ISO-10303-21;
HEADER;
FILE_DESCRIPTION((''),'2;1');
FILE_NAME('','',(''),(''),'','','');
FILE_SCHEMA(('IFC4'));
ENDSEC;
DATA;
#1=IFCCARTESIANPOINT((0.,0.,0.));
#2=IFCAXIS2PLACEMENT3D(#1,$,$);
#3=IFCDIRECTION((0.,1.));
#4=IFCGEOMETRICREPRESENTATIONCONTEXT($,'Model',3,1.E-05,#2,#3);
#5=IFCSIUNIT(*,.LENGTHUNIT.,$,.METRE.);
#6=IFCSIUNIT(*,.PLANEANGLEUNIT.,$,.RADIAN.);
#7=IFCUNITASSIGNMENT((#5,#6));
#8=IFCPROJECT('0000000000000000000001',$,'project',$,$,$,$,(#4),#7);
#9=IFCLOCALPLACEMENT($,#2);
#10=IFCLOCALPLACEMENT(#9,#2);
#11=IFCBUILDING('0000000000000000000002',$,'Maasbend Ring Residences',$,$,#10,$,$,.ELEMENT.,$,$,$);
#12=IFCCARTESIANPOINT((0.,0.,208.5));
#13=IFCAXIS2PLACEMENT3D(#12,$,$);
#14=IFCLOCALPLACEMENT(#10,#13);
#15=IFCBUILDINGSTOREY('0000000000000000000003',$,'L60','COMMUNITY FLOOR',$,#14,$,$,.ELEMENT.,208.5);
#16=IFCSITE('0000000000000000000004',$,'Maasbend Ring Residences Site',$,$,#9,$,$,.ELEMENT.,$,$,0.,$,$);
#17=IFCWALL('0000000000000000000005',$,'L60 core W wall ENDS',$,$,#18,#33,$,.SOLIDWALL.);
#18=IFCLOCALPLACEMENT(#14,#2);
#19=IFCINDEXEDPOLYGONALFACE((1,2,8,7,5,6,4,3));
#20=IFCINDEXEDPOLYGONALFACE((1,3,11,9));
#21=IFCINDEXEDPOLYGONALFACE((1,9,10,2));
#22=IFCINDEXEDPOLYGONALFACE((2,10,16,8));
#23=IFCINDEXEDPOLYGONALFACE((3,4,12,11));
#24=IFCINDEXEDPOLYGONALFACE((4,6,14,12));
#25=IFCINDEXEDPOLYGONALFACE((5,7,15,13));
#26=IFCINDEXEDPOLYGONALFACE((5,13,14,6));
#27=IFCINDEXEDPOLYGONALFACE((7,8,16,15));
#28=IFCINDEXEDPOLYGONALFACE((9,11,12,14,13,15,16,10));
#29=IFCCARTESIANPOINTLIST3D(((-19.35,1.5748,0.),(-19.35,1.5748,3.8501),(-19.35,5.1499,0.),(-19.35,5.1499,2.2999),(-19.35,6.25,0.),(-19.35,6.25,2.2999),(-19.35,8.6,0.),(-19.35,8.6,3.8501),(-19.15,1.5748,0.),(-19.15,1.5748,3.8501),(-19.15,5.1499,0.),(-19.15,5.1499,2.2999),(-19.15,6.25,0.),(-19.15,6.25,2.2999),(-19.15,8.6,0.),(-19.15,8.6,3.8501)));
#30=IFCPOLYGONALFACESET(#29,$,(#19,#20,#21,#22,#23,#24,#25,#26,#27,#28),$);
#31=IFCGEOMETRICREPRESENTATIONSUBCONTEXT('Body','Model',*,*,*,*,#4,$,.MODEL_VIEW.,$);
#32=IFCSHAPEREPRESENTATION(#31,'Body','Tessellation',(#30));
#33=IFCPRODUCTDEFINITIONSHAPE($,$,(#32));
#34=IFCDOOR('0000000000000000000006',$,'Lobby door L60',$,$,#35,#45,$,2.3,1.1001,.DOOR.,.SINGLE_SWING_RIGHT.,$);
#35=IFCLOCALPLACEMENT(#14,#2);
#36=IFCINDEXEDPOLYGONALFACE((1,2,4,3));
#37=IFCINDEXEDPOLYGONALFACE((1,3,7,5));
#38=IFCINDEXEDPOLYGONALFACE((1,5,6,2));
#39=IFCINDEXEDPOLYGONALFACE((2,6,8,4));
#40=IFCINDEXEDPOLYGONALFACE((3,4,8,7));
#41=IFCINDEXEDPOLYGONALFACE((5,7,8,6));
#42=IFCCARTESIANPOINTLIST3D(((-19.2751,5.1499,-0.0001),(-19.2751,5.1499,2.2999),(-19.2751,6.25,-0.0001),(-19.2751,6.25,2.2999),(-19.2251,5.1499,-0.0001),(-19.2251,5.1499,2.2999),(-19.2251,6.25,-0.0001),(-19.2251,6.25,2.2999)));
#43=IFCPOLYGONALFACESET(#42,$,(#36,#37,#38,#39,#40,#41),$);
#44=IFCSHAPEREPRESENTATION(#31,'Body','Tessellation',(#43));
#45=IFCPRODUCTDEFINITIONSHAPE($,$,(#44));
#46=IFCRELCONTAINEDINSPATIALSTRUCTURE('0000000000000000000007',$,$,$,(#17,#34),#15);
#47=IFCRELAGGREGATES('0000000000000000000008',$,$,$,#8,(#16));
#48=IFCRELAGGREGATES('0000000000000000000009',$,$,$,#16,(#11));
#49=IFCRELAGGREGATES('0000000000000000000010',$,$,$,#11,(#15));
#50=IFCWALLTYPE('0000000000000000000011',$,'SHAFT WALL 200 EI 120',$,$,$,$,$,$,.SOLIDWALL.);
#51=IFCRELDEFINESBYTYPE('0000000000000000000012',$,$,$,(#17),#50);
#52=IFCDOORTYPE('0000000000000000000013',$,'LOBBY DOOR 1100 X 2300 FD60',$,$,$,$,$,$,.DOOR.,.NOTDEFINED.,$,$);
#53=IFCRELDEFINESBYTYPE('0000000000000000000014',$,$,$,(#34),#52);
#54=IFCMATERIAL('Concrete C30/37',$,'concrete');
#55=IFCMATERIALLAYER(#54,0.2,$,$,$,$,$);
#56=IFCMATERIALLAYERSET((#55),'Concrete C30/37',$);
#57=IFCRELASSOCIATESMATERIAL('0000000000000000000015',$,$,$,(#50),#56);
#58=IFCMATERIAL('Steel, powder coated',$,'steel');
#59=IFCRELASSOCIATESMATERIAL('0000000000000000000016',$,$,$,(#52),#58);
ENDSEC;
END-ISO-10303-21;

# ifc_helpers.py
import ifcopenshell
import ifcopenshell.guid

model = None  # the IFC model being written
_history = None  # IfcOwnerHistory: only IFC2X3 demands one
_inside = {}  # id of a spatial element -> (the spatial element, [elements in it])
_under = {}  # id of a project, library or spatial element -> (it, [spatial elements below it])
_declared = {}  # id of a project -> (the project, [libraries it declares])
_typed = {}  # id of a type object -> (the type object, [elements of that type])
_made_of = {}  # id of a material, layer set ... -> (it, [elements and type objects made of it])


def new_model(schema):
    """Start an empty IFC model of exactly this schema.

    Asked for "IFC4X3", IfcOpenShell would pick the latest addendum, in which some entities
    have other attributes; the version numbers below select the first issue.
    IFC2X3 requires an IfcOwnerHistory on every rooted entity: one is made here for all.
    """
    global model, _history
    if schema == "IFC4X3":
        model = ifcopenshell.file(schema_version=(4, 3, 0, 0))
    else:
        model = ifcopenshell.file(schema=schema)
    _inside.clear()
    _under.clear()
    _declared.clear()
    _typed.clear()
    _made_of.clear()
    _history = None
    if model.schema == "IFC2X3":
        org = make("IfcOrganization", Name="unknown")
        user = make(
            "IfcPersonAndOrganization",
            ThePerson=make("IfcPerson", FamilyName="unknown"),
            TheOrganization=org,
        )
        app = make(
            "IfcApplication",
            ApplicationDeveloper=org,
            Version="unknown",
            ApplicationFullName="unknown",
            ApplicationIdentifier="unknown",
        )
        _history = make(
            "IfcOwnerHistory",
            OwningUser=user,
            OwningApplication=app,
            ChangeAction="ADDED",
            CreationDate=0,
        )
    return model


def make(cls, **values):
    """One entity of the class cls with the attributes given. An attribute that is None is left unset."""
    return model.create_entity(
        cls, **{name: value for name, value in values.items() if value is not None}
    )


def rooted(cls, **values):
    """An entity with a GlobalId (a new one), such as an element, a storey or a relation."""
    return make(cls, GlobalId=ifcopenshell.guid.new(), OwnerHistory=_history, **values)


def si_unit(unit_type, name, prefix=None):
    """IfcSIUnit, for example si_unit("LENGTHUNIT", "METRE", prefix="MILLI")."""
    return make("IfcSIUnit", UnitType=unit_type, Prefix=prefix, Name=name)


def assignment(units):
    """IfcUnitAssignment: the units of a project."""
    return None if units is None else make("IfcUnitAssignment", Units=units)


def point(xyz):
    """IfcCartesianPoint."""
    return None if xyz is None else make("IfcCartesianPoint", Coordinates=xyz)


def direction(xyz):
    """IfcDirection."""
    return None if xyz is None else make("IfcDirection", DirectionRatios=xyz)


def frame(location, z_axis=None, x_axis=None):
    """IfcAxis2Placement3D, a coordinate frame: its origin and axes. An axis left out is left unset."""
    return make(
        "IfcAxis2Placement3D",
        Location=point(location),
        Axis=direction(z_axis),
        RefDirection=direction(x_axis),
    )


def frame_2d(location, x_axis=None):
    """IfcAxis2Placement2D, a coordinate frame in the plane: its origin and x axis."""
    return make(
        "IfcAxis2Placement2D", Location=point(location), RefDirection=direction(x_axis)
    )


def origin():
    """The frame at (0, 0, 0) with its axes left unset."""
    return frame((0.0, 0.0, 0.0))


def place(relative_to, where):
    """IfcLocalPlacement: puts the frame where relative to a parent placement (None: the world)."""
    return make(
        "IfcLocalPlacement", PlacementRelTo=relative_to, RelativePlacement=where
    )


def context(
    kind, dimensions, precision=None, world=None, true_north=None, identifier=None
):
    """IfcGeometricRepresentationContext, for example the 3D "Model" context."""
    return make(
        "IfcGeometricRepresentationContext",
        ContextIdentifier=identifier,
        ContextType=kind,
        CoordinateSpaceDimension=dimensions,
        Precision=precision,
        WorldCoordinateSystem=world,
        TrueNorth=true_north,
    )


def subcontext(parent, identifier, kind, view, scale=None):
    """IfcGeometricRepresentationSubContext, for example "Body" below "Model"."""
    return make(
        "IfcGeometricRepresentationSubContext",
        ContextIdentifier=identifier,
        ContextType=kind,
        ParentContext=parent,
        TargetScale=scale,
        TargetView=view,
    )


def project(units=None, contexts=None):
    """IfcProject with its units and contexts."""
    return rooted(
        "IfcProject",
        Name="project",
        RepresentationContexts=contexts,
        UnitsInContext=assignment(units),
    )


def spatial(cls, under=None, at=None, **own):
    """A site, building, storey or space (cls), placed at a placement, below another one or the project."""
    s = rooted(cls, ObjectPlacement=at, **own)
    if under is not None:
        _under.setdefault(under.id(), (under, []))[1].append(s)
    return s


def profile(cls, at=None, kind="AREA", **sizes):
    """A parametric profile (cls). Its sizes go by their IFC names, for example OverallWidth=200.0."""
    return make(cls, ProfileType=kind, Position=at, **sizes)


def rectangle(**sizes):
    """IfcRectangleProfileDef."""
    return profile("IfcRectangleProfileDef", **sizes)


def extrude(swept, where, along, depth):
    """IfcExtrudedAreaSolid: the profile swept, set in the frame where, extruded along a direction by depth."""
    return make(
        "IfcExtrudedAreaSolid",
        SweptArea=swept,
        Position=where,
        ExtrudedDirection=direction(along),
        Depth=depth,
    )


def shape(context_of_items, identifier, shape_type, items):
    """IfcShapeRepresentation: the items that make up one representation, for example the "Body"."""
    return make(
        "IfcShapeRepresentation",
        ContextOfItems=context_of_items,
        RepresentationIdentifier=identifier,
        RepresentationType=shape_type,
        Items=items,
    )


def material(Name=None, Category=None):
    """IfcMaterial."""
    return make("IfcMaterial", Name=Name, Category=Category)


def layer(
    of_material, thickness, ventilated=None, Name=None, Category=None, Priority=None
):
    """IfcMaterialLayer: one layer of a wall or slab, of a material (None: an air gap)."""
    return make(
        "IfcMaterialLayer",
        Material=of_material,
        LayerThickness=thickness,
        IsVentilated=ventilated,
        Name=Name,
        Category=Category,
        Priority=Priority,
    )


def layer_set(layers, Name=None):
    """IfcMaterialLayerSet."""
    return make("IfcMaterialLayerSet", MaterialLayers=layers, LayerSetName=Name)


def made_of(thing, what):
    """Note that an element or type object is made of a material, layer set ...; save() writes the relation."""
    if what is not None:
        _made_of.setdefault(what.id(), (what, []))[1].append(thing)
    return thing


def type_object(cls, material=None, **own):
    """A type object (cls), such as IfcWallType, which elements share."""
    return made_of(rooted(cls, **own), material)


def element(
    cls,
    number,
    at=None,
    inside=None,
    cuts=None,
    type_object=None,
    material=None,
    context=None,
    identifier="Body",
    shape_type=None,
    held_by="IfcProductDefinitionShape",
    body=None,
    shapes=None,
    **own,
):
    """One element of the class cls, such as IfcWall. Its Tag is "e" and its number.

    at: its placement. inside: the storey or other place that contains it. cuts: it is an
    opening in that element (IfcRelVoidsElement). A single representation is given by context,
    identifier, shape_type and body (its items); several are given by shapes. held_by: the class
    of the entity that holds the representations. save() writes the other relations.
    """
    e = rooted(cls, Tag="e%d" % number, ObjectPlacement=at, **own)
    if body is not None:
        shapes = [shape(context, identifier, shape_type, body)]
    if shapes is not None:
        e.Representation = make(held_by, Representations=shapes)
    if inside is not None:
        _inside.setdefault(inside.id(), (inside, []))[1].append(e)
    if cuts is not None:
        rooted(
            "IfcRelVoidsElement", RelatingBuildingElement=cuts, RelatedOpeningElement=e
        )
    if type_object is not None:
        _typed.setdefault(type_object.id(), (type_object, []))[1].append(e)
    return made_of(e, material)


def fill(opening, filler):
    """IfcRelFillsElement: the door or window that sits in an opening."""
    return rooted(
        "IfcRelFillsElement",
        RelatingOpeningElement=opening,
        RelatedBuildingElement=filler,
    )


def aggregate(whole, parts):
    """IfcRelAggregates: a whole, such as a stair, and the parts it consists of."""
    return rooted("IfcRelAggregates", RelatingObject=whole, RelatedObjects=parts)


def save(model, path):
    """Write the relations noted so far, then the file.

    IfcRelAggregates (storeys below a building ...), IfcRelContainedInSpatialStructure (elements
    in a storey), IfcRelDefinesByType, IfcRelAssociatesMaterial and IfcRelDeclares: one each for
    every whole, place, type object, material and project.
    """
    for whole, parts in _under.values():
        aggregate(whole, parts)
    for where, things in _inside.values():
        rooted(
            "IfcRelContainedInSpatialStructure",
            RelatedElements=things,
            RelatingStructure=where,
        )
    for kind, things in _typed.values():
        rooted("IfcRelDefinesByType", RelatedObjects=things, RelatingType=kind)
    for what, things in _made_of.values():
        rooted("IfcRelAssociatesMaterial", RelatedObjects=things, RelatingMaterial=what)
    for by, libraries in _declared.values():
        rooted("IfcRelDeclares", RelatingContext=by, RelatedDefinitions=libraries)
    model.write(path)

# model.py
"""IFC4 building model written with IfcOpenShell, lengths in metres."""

from ifc_helpers import new_model, si_unit, direction, frame, frame_2d, origin, place, context, subcontext, project, spatial, rectangle, extrude, material, layer, layer_set, type_object, element, fill, save


model = new_model("IFC4")

# Units and contexts
model_context = context("Model", 3, precision=1e-05, world=origin(), true_north=direction((0.0, 1.0)))
body_context = subcontext(model_context, "Body", "Model", "MODEL_VIEW")
ifc_project = project(units=[si_unit("LENGTHUNIT", "METRE"), si_unit("PLANEANGLEUNIT", "RADIAN")], contexts=[model_context])

# Site, building, storey
site_placement = place(None, origin())
site = spatial("IfcSite", under=ifc_project, at=site_placement, Name="Maasbend Ring Residences Site", CompositionType="ELEMENT", RefElevation=0.0)
building_placement = place(site_placement, origin())
building = spatial("IfcBuilding", under=site, at=building_placement, Name="Maasbend Ring Residences", CompositionType="ELEMENT")
storey_placement = place(building_placement, frame((0.0, 0.0, 208.5)))
storey = spatial("IfcBuildingStorey", under=building, at=storey_placement, Name="L60", Description="COMMUNITY FLOOR", CompositionType="ELEMENT", Elevation=208.5)

# Wall, opening, door
ifc_material_1 = material(Name="Concrete C30/37", Category="concrete")
ifc_layer_1 = layer(ifc_material_1, 0.2)
ifc_layer_set_1 = layer_set([ifc_layer_1], Name="Concrete C30/37")
wall_type_1 = type_object("IfcWallType", Name="SHAFT WALL 200 EI 120", PredefinedType="SOLIDWALL", material=ifc_layer_set_1)
wall_1_placement = place(storey_placement, frame((-19.25, 8.6001, 0.0), z_axis=(0.0, 0.0, 1.0), x_axis=(0.0, -1.0, 0.0)))
wall_1 = element("IfcWall", 1, at=wall_1_placement, inside=storey, type_object=wall_type_1, Name="L60 core W wall ENDS", PredefinedType="SOLIDWALL", context=body_context, shape_type="SweptSolid", body=[
    extrude(rectangle(XDim=7.0251, YDim=0.2, at=frame_2d((3.5127, 0.0))), origin(), (0.0, 0.0, 1.0), 3.8501),
])
opening_1_placement = place(wall_1_placement, frame((2.3501, 0.0, 0.0)))
opening_1 = element("IfcOpeningElement", 2, at=opening_1_placement, cuts=wall_1, PredefinedType="OPENING", context=body_context, shape_type="SweptSolid", body=[
    extrude(rectangle(XDim=1.1001, YDim=2.3, at=frame_2d((0.55, 1.1499))), frame((0.0, 0.1099, 0.0), z_axis=(0.0, -1.0, 0.0), x_axis=(1.0, 0.0, 0.0)), (0.0, 0.0, 1.0), 0.22),
])
ifc_material_2 = material(Name="Steel, powder coated", Category="steel")
door_type_1 = type_object("IfcDoorType", Name="LOBBY DOOR 1100 X 2300 FD60", OperationType="NOTDEFINED", PredefinedType="DOOR", material=ifc_material_2)
door_1_placement = place(opening_1_placement, origin())
door_1 = element("IfcDoor", 3, at=door_1_placement, inside=storey, type_object=door_type_1, Name="Lobby door L60", OperationType="SINGLE_SWING_RIGHT", OverallHeight=2.3, OverallWidth=1.1001, PredefinedType="DOOR", context=body_context, shape_type="SweptSolid", body=[
    extrude(rectangle(XDim=1.1001, YDim=2.3, at=frame_2d((0.55, 1.1499))), frame((0.0, 0.0249, 0.0), z_axis=(0.0, -1.0, 0.0), x_axis=(1.0, 0.0, 0.0)), (0.0, 0.0, 1.0), 0.05),
])
fill(opening_1, door_1)

save(model, "model.ifc")
